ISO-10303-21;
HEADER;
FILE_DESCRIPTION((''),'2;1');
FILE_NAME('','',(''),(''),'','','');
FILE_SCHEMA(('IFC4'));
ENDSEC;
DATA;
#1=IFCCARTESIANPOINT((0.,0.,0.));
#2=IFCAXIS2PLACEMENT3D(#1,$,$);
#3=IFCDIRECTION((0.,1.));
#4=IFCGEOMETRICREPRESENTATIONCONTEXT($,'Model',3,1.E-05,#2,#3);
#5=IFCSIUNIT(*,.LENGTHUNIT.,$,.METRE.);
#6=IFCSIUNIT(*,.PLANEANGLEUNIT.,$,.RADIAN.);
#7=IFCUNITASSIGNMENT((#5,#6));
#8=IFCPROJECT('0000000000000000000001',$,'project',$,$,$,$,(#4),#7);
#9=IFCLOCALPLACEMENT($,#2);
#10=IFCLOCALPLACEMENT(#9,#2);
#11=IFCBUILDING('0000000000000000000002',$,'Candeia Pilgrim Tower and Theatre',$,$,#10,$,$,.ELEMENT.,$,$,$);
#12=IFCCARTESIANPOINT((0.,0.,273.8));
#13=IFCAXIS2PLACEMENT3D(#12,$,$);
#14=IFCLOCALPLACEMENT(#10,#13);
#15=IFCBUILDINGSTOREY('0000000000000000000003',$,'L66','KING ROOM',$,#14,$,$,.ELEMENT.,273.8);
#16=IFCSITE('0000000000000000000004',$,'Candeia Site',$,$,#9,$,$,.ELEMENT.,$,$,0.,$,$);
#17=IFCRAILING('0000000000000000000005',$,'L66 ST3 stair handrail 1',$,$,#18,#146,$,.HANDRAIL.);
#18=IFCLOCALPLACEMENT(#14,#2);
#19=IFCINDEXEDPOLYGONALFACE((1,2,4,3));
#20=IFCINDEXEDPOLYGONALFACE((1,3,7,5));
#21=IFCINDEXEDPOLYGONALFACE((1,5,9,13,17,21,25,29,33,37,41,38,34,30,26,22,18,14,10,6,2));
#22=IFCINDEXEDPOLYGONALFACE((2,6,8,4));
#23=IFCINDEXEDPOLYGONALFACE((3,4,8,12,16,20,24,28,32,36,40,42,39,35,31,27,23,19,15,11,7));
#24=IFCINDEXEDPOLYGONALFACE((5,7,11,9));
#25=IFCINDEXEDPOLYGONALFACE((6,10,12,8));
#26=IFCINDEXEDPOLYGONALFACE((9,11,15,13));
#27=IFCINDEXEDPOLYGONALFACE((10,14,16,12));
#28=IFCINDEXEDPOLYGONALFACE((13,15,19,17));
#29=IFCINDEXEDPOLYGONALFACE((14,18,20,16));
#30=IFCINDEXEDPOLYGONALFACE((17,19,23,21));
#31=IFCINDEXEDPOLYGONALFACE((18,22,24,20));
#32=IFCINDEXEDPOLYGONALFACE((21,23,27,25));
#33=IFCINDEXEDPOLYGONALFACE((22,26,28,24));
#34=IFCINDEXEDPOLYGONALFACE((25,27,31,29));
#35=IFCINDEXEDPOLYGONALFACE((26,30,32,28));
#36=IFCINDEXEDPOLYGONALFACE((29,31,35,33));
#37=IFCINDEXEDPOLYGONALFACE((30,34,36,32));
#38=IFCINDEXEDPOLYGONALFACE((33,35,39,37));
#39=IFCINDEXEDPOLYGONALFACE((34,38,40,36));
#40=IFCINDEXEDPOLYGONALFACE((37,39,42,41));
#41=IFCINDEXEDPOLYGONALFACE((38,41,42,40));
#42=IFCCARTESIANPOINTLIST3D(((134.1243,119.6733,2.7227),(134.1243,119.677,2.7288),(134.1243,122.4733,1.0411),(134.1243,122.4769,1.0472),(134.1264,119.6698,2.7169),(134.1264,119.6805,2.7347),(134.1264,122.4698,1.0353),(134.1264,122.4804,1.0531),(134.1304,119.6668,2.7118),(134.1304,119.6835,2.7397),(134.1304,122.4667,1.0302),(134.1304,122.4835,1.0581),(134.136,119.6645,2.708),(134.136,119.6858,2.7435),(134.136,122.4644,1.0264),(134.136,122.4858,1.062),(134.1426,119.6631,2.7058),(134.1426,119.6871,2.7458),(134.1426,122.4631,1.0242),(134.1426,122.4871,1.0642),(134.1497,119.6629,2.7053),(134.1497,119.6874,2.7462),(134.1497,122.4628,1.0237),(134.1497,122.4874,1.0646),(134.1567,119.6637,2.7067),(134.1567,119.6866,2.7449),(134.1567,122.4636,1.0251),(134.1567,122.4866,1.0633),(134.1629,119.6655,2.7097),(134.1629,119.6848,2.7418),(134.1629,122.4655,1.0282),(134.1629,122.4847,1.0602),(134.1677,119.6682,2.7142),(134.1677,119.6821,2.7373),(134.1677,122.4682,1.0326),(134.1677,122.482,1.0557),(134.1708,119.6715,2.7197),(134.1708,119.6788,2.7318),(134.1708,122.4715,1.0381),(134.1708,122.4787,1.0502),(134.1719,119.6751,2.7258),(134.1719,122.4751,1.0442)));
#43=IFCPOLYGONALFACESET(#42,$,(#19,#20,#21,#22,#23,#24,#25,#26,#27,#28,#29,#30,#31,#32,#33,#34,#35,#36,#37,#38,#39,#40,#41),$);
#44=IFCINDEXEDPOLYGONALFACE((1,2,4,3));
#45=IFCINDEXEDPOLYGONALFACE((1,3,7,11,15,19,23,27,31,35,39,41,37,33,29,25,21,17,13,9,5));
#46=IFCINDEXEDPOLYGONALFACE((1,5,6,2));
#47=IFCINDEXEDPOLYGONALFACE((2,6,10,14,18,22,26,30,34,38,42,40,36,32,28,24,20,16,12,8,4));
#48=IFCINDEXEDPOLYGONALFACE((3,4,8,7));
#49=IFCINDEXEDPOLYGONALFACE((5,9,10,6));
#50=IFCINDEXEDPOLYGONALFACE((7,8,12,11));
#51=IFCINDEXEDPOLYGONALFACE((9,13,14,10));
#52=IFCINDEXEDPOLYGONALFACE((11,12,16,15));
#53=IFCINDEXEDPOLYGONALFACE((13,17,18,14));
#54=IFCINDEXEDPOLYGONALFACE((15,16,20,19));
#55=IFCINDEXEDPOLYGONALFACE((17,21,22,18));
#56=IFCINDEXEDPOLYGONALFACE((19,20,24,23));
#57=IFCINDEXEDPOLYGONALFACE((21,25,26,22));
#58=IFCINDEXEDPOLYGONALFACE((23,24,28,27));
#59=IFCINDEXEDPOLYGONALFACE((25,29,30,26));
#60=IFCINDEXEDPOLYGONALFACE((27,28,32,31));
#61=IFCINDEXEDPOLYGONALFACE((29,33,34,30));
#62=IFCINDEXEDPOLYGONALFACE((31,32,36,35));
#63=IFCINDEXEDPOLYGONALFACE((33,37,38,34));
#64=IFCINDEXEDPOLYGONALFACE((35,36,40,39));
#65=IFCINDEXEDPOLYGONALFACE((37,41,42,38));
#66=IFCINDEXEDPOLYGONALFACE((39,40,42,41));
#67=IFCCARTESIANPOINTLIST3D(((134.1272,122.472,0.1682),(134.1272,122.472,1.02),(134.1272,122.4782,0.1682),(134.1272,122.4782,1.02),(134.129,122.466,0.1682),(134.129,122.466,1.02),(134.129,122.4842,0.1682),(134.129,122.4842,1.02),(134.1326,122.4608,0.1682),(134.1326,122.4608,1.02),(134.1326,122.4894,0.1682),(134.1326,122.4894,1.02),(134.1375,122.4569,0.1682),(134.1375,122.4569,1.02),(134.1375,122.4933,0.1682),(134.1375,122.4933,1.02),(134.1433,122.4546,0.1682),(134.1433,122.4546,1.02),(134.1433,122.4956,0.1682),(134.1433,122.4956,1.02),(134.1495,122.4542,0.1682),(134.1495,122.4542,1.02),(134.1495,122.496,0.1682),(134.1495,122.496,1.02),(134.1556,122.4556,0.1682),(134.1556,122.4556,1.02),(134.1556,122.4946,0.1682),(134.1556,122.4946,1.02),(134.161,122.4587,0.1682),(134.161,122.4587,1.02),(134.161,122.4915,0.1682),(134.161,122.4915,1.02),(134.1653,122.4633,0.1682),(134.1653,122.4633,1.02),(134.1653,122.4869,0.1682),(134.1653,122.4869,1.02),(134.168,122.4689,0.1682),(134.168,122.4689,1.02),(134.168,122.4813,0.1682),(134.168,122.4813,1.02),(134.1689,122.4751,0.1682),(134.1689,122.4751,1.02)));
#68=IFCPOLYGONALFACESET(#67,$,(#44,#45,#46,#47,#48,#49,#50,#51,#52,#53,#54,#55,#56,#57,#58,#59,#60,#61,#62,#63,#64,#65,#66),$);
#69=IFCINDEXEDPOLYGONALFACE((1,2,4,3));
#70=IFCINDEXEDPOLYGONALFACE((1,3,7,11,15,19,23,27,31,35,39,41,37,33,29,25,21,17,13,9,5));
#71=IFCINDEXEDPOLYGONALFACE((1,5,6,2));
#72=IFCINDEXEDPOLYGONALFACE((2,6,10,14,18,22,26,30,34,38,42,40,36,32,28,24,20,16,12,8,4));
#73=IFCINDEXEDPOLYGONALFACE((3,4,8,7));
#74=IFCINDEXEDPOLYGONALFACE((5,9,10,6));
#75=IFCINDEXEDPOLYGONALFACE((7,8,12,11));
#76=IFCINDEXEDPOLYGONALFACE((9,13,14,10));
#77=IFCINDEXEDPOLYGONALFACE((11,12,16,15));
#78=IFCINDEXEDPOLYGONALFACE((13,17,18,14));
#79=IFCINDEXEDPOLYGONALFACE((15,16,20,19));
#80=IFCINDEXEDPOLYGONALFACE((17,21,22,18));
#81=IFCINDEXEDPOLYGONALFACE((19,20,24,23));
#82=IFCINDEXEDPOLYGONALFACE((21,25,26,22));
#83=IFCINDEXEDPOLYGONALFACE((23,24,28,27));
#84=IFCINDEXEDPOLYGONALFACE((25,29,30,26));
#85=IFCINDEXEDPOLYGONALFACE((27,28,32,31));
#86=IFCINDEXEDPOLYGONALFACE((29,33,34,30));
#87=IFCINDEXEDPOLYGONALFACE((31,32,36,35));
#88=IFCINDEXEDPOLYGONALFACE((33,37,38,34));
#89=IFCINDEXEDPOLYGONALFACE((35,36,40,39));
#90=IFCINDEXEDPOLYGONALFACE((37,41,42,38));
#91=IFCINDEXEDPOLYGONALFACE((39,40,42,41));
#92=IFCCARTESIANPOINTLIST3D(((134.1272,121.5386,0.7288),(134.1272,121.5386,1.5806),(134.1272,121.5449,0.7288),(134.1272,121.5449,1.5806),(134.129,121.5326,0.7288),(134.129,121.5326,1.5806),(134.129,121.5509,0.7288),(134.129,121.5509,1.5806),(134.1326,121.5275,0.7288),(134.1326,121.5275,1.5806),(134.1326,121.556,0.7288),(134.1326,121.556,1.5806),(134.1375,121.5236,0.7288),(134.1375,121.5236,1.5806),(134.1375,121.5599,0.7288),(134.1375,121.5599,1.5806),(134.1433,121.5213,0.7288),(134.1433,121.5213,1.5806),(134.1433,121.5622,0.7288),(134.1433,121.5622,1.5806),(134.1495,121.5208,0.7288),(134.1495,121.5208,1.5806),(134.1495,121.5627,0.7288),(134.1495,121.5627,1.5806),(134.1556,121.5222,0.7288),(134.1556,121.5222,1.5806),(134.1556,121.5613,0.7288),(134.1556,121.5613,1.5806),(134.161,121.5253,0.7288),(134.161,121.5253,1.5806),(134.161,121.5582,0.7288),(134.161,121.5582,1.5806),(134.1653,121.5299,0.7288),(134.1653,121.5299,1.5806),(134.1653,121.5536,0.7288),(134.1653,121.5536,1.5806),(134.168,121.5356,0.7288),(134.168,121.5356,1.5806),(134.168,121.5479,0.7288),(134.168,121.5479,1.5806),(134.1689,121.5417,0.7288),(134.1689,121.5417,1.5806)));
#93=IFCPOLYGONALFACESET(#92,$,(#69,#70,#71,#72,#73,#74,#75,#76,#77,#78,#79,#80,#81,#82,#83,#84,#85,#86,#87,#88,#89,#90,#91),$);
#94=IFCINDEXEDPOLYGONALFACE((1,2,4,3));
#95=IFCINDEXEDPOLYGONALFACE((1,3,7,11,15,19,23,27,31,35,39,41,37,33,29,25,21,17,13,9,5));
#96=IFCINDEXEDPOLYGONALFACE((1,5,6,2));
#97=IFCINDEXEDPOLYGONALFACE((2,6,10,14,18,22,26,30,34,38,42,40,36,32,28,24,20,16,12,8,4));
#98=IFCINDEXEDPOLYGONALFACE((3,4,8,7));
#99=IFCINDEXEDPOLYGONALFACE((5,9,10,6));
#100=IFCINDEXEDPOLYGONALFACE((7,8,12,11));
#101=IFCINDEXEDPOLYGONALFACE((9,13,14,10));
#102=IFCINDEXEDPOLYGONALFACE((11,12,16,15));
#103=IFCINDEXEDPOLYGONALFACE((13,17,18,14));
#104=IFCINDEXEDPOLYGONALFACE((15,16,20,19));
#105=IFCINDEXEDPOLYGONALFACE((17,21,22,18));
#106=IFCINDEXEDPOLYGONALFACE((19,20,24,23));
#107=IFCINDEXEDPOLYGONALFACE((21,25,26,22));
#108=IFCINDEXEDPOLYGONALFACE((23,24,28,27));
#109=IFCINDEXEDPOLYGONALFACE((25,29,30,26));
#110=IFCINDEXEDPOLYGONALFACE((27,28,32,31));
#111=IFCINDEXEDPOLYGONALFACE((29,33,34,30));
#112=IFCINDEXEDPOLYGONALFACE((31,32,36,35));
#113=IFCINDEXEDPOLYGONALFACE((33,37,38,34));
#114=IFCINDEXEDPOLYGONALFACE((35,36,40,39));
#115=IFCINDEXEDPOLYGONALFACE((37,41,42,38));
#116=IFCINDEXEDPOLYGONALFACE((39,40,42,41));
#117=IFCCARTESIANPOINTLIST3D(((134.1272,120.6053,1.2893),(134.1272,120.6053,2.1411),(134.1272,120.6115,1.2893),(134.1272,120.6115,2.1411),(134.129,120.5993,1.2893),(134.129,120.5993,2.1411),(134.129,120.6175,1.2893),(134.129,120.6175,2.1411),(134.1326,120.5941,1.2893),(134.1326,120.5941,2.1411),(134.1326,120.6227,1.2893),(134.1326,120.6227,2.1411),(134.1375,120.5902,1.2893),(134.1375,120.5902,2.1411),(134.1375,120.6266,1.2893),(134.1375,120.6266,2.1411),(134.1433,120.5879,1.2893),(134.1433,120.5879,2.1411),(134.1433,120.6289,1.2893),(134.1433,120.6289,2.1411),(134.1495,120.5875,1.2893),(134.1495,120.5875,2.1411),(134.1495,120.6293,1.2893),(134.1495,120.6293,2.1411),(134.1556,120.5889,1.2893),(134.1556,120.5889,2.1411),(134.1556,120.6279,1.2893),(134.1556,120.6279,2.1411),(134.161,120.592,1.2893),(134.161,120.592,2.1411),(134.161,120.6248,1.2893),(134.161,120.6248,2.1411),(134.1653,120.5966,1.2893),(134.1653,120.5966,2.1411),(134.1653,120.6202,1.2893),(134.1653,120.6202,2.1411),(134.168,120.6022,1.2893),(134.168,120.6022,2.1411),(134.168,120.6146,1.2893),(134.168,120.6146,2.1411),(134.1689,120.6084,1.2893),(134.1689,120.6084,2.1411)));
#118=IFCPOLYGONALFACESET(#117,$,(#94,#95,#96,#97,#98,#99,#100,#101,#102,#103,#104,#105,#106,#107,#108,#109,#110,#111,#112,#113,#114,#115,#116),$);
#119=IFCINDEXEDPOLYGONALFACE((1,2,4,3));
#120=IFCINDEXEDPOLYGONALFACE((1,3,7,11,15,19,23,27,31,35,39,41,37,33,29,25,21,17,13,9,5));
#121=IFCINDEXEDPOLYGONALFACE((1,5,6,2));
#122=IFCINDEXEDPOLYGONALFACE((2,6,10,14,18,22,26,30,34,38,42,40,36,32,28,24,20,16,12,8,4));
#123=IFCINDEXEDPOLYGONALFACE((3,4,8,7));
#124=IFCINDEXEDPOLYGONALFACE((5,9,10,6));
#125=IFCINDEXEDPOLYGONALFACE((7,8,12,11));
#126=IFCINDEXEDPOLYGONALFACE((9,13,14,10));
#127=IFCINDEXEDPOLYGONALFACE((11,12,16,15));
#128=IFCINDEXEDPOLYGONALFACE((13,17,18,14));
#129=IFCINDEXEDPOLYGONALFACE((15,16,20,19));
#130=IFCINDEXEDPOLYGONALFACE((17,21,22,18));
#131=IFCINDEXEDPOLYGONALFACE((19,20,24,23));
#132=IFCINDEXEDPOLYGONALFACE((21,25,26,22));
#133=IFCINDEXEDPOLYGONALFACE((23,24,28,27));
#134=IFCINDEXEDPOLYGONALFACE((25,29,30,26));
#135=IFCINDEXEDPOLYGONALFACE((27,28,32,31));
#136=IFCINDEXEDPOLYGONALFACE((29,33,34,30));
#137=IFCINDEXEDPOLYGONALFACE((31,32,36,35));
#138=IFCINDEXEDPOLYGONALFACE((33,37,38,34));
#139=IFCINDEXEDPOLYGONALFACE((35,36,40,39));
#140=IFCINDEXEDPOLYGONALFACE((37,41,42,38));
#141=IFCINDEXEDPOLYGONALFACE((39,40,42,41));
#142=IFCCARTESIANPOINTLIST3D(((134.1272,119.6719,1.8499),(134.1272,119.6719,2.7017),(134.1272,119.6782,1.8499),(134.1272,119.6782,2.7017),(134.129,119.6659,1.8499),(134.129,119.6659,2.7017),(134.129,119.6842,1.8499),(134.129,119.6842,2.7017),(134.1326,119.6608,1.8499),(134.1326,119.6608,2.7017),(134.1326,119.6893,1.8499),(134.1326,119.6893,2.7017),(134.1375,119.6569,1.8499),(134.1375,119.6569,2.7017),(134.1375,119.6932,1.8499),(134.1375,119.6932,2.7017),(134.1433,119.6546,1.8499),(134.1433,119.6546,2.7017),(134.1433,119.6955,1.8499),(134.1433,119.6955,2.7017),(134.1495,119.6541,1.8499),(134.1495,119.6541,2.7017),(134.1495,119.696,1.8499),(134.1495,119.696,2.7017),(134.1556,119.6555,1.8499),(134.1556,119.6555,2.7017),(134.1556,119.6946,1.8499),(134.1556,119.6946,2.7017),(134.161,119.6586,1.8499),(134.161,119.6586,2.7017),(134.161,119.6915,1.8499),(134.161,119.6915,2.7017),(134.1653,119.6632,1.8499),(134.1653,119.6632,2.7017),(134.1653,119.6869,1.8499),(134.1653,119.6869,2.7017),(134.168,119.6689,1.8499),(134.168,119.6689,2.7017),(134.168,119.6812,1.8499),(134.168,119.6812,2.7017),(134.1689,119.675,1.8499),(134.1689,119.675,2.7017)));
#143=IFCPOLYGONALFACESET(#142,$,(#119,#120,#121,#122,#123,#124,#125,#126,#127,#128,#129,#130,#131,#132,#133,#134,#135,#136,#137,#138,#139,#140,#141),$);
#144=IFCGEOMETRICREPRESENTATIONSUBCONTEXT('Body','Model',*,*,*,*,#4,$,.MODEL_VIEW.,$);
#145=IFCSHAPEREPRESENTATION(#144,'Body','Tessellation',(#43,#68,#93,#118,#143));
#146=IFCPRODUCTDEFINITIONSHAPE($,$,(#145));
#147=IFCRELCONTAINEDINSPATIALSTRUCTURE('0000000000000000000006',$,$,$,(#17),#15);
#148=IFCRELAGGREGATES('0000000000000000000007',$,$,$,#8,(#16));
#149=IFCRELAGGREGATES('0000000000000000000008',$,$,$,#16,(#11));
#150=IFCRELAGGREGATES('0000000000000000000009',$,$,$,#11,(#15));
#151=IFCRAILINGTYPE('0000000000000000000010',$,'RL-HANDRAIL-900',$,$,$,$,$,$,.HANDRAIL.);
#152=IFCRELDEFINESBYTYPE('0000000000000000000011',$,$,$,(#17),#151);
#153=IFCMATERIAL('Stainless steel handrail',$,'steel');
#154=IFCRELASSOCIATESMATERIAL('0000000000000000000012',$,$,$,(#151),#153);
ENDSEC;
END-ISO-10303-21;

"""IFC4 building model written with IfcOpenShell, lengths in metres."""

from ifc_helpers import new_model, si_unit, direction, frame, origin, origin_2d, place, context, subcontext, project, spatial, circle, extrude, material, type_object, element, save


model = new_model("IFC4")

# Units and contexts
model_context = context("Model", 3, precision=1e-05, world=origin(), true_north=direction((0.0, 1.0)))
body_context = subcontext(model_context, "Body", "Model", "MODEL_VIEW")
ifc_project = project(units=[si_unit("LENGTHUNIT", "METRE"), si_unit("PLANEANGLEUNIT", "RADIAN")], contexts=[model_context])

# Site, building, storey
site_placement = place(None, origin())
site = spatial("IfcSite", under=ifc_project, at=site_placement, Name="Candeia Site", CompositionType="ELEMENT", RefElevation=0.0)
building_placement = place(site_placement, origin())
building = spatial("IfcBuilding", under=site, at=building_placement, Name="Candeia Pilgrim Tower and Theatre", CompositionType="ELEMENT")
storey_placement = place(building_placement, frame((0.0, 0.0, 273.8)))
storey = spatial("IfcBuildingStorey", under=building, at=storey_placement, Name="L66", Description="KING ROOM", CompositionType="ELEMENT", Elevation=273.8)

# Railing
ifc_material_1 = material(Name="Stainless steel handrail", Category="steel")
railing_type_1 = type_object("IfcRailingType", Name="RL-HANDRAIL-900", PredefinedType="HANDRAIL", material=ifc_material_1)
railing_1_placement = place(storey_placement, frame((134.1479, 122.4751, 0.1682)))
element("IfcRailing", 1, at=railing_1_placement, inside=storey, type_object=railing_type_1, Name="L66 ST3 stair handrail 1", PredefinedType="HANDRAIL", context=body_context, shape_type="SweptSolid", body=[
    extrude(circle(Radius=0.0239, at=origin_2d()), frame((0.0, 0.0, 0.876), z_axis=(0.0, -0.857275, 0.514858), x_axis=(1.0, 0.0, 0.0)), (0.0, 0.0, 1.0), 3.2661),
    extrude(circle(Radius=0.021, at=origin_2d()), origin(), (0.0, 0.0, 1.0), 0.8518),
    extrude(circle(Radius=0.021, at=origin_2d()), frame((0.0, -0.9333, 0.5605)), (0.0, 0.0, 1.0), 0.8518),
    extrude(circle(Radius=0.021, at=origin_2d()), frame((0.0, -1.8667, 1.1211)), (0.0, 0.0, 1.0), 0.8518),
    extrude(circle(Radius=0.021, at=origin_2d()), frame((0.0, -2.8, 1.6816)), (0.0, 0.0, 1.0), 0.8518),
])

save(model, "model.ifc")
